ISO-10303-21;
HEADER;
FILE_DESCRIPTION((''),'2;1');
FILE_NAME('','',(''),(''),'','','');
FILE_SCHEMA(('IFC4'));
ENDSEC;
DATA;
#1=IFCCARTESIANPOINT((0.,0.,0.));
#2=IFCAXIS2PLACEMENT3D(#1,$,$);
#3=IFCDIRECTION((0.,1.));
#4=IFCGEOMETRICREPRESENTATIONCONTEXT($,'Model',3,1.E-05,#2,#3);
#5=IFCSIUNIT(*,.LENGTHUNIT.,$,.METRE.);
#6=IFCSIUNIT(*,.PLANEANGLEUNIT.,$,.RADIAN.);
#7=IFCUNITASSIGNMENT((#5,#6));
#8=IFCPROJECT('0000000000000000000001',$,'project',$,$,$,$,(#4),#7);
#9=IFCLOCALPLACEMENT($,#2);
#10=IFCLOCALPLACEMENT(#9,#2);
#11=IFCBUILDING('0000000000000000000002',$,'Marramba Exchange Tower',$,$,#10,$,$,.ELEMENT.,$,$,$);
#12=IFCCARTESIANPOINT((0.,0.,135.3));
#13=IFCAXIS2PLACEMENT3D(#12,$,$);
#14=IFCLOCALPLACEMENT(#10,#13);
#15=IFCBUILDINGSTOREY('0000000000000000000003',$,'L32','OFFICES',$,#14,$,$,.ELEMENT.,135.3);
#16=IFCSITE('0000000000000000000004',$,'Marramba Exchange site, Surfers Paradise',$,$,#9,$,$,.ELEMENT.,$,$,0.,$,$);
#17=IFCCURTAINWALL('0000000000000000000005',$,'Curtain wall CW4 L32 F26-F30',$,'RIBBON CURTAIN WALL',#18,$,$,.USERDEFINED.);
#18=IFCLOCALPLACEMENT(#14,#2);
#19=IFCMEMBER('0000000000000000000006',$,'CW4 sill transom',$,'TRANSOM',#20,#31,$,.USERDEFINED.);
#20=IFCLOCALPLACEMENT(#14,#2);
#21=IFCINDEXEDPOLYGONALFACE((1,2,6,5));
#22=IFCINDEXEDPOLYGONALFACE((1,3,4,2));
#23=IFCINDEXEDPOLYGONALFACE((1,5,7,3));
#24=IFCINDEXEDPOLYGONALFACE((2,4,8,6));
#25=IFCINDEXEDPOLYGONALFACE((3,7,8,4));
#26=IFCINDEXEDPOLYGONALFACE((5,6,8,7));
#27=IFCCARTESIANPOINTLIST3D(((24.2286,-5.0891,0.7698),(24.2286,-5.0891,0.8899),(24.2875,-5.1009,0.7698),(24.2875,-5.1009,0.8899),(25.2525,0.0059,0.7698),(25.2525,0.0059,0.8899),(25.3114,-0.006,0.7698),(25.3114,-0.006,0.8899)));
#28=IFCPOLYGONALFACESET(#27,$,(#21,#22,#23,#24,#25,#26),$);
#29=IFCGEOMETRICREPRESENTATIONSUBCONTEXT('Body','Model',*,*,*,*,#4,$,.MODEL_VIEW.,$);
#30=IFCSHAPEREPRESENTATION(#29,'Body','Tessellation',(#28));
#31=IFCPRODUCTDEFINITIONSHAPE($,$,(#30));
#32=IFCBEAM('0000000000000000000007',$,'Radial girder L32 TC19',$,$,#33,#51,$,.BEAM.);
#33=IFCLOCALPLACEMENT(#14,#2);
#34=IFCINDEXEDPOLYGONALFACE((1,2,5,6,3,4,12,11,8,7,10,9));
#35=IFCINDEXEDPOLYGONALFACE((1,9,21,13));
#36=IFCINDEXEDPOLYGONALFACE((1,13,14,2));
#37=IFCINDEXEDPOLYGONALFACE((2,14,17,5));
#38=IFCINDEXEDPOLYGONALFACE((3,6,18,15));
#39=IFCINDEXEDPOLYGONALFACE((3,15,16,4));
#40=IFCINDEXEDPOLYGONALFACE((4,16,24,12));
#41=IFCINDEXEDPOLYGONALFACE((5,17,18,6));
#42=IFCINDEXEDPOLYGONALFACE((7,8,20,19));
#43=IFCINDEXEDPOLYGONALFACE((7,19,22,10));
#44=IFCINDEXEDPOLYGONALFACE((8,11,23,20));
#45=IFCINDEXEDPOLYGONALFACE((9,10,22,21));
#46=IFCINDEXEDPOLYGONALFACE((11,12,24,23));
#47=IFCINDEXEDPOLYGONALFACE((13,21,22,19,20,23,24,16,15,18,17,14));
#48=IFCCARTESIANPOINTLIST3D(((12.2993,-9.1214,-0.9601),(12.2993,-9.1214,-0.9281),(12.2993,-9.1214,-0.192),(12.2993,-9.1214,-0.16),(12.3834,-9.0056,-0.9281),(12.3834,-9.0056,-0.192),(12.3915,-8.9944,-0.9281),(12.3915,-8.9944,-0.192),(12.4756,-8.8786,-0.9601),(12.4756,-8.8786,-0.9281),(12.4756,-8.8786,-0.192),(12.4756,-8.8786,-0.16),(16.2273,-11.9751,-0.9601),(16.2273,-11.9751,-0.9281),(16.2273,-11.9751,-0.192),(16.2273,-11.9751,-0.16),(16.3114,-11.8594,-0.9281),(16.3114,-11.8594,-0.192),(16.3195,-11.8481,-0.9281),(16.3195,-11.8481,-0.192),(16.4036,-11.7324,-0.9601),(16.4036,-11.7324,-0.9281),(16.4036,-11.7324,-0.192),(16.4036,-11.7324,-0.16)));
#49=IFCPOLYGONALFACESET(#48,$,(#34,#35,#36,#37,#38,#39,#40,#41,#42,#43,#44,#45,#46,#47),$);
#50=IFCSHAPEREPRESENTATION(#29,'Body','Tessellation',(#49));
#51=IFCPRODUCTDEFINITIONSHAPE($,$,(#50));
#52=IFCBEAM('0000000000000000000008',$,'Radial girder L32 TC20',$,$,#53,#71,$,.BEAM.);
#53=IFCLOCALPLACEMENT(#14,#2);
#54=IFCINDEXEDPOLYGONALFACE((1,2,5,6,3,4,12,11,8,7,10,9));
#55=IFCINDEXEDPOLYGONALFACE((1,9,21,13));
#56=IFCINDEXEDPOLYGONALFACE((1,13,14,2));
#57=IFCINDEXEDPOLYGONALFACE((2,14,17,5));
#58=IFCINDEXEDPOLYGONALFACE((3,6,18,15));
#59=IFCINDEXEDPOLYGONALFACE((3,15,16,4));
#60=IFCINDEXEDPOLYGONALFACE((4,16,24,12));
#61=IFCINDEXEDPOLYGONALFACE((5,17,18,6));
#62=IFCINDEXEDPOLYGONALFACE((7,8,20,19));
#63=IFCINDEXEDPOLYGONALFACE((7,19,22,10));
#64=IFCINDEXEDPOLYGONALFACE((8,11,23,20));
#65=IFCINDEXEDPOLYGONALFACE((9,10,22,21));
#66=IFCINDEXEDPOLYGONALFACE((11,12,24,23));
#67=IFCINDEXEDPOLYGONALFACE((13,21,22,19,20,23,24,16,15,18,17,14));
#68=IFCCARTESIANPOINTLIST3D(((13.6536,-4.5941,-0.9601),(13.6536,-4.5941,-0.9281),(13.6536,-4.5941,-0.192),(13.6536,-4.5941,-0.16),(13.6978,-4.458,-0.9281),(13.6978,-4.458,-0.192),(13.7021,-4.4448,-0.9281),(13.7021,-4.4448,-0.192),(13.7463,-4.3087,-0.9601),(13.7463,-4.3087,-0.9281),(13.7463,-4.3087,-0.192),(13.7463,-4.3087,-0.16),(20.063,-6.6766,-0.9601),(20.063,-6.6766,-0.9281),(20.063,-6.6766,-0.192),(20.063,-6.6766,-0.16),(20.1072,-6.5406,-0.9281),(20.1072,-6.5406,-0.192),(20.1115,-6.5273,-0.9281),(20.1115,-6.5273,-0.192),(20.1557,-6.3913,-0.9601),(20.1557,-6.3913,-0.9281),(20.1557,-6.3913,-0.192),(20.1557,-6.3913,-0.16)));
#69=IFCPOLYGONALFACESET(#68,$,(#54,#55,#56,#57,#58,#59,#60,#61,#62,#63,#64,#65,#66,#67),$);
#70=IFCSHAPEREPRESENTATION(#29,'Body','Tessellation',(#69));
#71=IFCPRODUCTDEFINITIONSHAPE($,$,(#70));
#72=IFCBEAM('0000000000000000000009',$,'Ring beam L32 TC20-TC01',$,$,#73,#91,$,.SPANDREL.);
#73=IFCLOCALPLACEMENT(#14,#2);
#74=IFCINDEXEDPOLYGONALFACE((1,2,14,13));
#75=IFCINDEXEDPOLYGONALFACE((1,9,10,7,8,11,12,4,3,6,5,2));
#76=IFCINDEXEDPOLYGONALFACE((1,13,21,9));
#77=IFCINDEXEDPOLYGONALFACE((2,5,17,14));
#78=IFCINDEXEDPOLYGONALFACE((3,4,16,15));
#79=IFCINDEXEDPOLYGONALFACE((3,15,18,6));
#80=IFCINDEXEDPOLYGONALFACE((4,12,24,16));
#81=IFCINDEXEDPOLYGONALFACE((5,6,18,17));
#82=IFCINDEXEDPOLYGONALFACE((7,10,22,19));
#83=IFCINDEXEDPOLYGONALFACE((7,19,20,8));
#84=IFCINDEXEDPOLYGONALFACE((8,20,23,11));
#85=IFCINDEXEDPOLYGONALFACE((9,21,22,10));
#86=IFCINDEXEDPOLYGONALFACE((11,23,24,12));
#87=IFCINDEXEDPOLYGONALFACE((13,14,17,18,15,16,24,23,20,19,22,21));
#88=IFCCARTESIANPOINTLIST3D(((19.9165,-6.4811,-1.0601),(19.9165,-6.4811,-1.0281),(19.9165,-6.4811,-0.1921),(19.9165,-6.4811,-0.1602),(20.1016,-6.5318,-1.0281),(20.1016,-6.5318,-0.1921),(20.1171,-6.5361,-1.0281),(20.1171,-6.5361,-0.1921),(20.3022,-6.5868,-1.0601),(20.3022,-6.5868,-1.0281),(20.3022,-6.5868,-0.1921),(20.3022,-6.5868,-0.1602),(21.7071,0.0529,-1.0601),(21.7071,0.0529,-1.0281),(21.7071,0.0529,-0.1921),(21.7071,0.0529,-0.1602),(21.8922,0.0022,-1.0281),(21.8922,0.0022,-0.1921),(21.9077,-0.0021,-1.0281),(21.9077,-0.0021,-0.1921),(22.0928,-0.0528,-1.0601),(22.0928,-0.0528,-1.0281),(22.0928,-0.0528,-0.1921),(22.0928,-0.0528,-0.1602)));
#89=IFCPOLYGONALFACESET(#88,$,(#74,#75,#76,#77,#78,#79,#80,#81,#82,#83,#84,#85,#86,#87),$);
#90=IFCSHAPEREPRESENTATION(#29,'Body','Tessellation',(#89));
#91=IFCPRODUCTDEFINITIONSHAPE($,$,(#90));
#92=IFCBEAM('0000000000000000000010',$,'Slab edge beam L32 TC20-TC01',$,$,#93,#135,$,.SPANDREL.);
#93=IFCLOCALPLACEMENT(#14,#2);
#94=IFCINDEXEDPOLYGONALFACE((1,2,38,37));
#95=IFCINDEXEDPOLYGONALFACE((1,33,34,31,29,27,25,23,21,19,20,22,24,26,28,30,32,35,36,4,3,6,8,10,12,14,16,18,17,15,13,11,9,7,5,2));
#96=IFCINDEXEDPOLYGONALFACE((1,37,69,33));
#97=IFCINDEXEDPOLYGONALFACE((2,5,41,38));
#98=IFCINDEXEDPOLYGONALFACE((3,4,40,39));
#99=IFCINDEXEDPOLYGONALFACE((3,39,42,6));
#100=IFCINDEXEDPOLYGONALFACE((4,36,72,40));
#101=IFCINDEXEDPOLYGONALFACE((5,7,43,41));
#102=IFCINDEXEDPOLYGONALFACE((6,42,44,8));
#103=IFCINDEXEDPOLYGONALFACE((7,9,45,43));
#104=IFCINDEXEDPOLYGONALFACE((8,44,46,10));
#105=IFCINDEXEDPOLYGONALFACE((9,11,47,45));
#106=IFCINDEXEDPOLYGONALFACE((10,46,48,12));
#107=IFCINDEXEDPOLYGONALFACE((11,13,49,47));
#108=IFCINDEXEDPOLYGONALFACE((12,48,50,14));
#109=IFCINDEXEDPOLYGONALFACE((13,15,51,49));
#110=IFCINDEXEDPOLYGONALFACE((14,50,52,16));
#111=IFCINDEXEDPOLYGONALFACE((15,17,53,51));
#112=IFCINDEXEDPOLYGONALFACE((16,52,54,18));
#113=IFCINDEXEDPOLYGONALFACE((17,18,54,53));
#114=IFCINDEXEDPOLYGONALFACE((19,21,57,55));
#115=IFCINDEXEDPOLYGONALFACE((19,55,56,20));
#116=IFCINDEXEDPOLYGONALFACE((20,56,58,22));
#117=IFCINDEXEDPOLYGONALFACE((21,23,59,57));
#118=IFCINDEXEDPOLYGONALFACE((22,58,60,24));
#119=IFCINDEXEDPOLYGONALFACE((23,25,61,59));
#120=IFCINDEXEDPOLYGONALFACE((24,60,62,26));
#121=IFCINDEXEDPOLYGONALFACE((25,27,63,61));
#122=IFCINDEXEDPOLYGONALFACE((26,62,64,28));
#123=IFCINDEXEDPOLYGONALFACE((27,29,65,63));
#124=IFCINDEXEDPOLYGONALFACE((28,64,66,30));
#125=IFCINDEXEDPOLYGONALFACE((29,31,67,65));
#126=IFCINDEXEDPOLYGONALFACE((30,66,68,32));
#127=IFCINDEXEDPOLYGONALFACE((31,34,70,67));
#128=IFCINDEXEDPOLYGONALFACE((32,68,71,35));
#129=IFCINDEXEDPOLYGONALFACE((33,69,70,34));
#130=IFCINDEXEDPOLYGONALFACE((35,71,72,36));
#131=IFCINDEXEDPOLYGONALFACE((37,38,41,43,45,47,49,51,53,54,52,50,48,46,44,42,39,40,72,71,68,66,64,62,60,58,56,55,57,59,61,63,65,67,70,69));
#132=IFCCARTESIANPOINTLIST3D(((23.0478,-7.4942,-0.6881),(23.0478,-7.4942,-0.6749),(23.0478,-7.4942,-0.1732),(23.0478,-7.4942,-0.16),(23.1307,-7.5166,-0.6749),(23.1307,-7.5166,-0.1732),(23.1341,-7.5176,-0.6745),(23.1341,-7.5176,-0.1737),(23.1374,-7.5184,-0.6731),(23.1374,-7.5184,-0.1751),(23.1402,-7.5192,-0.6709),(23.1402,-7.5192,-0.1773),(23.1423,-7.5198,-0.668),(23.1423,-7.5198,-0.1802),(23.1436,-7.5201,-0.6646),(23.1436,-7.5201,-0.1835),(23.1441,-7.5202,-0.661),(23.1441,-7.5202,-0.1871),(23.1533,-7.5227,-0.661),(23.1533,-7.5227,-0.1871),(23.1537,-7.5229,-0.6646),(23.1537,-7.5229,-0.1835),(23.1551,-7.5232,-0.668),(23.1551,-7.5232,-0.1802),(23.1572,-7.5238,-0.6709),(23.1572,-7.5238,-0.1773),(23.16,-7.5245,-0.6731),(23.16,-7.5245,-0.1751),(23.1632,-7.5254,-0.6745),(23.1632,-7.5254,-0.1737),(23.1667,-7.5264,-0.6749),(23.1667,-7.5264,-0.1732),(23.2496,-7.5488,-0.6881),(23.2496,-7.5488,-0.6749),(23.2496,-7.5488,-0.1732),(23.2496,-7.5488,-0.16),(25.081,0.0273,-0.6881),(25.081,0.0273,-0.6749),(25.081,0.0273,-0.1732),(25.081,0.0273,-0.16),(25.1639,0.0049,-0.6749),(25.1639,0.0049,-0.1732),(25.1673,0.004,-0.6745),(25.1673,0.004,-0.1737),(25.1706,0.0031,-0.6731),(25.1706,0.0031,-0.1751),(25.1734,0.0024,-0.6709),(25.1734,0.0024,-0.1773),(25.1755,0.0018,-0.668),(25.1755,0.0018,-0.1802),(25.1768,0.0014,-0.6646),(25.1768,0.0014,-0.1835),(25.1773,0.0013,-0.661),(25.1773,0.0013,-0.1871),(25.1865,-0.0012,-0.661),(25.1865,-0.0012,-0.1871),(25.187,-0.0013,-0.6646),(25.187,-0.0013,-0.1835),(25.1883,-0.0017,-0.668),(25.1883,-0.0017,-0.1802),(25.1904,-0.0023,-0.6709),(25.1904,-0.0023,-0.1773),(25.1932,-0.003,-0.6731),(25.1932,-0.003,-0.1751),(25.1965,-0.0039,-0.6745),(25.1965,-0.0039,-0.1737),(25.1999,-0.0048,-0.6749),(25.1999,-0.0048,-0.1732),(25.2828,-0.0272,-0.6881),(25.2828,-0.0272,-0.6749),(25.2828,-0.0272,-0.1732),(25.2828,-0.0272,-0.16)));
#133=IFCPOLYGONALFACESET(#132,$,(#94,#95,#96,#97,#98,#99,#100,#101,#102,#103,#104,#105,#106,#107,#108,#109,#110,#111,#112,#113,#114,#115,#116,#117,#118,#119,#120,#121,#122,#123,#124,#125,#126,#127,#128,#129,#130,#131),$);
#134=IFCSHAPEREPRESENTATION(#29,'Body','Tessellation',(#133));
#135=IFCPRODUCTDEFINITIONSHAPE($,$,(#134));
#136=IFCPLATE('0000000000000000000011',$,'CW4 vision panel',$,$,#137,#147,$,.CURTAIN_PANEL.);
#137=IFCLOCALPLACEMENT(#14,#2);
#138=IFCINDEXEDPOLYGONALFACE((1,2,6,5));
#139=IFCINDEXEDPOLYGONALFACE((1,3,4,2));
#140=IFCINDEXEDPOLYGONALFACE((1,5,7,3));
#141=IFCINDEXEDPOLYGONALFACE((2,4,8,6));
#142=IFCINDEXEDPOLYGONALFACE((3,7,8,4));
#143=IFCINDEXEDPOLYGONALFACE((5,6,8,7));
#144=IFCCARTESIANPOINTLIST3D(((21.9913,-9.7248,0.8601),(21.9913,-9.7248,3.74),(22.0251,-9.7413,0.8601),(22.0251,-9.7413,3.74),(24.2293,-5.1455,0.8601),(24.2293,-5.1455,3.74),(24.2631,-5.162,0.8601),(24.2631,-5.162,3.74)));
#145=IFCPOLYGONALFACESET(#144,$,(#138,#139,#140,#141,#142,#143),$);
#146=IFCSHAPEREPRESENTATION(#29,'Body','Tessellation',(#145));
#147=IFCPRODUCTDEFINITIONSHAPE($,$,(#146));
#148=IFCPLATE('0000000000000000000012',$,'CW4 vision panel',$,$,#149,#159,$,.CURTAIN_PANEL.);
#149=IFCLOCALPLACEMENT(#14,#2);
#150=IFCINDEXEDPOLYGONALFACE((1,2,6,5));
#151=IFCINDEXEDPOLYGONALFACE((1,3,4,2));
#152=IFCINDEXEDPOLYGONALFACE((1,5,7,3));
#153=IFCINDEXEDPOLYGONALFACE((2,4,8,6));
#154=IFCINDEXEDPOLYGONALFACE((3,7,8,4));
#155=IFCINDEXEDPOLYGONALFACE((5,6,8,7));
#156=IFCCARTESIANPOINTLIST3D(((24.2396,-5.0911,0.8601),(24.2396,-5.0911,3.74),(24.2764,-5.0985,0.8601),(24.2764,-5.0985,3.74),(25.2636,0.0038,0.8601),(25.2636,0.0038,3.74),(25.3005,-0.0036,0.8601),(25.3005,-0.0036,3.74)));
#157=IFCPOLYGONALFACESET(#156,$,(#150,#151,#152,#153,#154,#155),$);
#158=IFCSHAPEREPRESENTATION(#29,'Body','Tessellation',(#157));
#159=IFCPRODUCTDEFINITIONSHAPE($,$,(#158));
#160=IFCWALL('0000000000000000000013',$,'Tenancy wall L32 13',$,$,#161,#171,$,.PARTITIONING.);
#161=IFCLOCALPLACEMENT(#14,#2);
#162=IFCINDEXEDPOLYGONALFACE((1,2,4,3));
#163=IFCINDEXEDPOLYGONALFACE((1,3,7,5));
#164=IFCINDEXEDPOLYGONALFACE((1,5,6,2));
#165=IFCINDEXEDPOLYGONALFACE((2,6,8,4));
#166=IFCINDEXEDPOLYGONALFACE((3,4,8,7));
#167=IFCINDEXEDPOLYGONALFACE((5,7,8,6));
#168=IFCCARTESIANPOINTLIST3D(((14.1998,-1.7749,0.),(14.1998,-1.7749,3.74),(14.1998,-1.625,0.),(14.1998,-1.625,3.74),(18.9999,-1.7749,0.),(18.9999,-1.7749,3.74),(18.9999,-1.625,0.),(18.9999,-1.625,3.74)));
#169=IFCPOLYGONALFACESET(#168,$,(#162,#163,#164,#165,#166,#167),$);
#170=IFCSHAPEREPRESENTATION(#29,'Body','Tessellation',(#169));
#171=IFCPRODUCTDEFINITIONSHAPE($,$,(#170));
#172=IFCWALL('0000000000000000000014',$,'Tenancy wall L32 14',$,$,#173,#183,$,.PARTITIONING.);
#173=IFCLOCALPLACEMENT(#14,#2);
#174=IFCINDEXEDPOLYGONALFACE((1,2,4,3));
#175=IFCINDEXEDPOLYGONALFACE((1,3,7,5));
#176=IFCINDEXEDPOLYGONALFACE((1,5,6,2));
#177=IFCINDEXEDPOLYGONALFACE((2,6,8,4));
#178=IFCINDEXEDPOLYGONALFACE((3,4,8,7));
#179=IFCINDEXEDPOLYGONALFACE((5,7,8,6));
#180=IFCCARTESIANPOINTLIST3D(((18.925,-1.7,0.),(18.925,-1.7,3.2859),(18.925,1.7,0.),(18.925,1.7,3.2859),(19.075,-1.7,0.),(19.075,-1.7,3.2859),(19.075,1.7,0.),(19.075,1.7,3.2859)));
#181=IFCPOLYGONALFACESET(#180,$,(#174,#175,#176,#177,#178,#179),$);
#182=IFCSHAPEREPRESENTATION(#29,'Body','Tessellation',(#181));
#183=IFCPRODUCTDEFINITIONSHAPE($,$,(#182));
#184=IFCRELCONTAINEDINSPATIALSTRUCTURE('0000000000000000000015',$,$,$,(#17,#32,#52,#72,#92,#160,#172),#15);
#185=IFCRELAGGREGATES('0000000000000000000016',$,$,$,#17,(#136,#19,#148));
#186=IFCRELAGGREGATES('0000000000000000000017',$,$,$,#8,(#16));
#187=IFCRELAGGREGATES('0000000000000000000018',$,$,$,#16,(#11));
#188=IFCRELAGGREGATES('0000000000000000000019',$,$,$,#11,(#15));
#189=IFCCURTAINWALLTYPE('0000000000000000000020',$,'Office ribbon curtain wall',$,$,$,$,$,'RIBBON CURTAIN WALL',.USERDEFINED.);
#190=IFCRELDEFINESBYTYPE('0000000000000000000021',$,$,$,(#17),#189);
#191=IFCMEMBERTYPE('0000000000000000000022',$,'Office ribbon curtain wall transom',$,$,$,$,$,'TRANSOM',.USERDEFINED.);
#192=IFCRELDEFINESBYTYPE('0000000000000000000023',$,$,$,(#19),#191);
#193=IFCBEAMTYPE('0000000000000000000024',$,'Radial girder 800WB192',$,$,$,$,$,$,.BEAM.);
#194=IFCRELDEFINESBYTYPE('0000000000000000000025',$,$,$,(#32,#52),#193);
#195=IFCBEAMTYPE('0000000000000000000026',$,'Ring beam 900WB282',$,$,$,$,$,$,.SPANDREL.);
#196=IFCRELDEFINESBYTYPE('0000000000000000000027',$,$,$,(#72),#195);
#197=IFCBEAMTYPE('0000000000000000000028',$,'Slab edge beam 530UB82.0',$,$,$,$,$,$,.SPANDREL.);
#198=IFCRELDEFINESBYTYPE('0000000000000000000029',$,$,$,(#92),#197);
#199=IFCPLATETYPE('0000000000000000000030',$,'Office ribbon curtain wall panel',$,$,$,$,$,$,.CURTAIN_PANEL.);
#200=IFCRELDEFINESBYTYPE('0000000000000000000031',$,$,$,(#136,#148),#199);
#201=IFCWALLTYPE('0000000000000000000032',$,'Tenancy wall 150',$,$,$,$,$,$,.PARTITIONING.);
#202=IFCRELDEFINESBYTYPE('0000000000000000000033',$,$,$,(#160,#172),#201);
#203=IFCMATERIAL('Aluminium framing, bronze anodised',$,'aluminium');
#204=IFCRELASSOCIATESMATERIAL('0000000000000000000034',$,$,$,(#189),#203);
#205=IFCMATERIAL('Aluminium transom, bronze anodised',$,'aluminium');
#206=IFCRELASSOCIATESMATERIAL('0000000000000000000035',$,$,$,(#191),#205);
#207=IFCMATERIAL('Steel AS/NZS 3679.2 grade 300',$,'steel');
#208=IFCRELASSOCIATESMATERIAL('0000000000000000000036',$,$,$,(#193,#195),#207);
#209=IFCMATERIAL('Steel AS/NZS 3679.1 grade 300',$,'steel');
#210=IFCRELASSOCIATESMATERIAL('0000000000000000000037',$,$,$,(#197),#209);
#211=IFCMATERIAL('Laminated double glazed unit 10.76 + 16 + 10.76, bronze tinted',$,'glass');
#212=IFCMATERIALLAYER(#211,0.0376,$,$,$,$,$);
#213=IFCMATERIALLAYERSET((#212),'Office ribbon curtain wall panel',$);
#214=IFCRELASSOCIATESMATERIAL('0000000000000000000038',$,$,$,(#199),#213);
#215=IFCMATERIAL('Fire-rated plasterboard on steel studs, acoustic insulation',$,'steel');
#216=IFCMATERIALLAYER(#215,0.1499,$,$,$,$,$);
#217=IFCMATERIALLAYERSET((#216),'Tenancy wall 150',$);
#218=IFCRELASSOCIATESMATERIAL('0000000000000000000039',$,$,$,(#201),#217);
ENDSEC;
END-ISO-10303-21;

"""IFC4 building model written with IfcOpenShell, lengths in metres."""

from ifc_helpers import new_model, si_unit, direction, frame, frame_2d, origin, origin_2d, place, context, subcontext, project, spatial, rectangle, i_section, extrude, material, layer, layer_set, material_profile, profile_set, type_object, element, aggregate, save


model = new_model("IFC4")

# Units and contexts
model_context = context("Model", 3, precision=1e-05, world=origin(), true_north=direction((0.0, 1.0)))
body_context = subcontext(model_context, "Body", "Model", "MODEL_VIEW")
ifc_project = project(units=[si_unit("LENGTHUNIT", "METRE"), si_unit("PLANEANGLEUNIT", "RADIAN")], contexts=[model_context])

# Site, building, storey
site_placement = place(None, origin())
site = spatial("IfcSite", under=ifc_project, at=site_placement, Name="Marramba Exchange site, Surfers Paradise", CompositionType="ELEMENT", RefElevation=0.0)
building_placement = place(site_placement, origin())
building = spatial("IfcBuilding", under=site, at=building_placement, Name="Marramba Exchange Tower", CompositionType="ELEMENT")
storey_placement = place(building_placement, frame((0.0, 0.0, 135.3)))
storey = spatial("IfcBuildingStorey", under=building, at=storey_placement, Name="L32", Description="OFFICES", CompositionType="ELEMENT", Elevation=135.3)

# Shared definitions
ifc_material_1 = material(Name="Steel AS/NZS 3679.2 grade 300", Category="steel")
ifc_material_2 = material(Name="Steel AS/NZS 3679.1 grade 300", Category="steel")

# Curtain wall, member
ifc_material_3 = material(Name="Aluminium framing, bronze anodised", Category="aluminium")
curtain_wall_type = type_object("IfcCurtainWallType", Name="Office ribbon curtain wall", ElementType="RIBBON CURTAIN WALL", PredefinedType="USERDEFINED", material=ifc_material_3)
curtain_wall_placement = place(storey_placement, origin())
curtain_wall = element("IfcCurtainWall", 1, at=curtain_wall_placement, inside=storey, type_object=curtain_wall_type, Name="Curtain wall CW4 L32 F26-F30", ObjectType="RIBBON CURTAIN WALL", PredefinedType="USERDEFINED")
ifc_material_4 = material(Name="Aluminium transom, bronze anodised", Category="aluminium")
ifc_material_profile_1 = material_profile(ifc_material_4, rectangle(XDim=0.0601, YDim=0.1201, at=origin_2d()), Name="CW4 transom 60x120")
ifc_profile_set_1 = profile_set([ifc_material_profile_1], Name="Aluminium transom, bronze anodised")
member_type_1 = type_object("IfcMemberType", Name="Office ribbon curtain wall transom", ElementType="TRANSOM", PredefinedType="USERDEFINED", material=ifc_profile_set_1)
member_1_placement = place(storey_placement, frame((24.2581, -5.095, 0.8298), z_axis=(0.197029, 0.980398, 0.0), x_axis=(-0.980398, 0.197029, 0.0)))
member_1 = element("IfcMember", 2, at=member_1_placement, type_object=member_type_1, Name="CW4 sill transom", ObjectType="TRANSOM", PredefinedType="USERDEFINED", context=body_context, shape_type="SweptSolid", body=[
    extrude(rectangle(XDim=0.0601, YDim=0.1201, at=origin_2d()), origin(), (0.0, 0.0, 1.0), 5.1968),
])

# Beams
ifc_material_profile_2 = material_profile(ifc_material_1, i_section(OverallWidth=0.3, OverallDepth=0.8, WebThickness=0.0139, FlangeThickness=0.032, at=origin_2d()), Name="800WB192")
ifc_profile_set_2 = profile_set([ifc_material_profile_2], Name="Steel AS/NZS 3679.2 grade 300")
beam_type_1 = type_object("IfcBeamType", Name="Radial girder 800WB192", PredefinedType="BEAM", material=ifc_profile_set_2)
beam_1_placement = place(storey_placement, frame((12.3875, -9.0, -0.5601), z_axis=(0.809025, -0.587774, 0.0), x_axis=(0.587774, 0.809025, 0.0)))
element("IfcBeam", 3, at=beam_1_placement, inside=storey, type_object=beam_type_1, Name="Radial girder L32 TC19", PredefinedType="BEAM", context=body_context, shape_type="SweptSolid", body=[
    extrude(i_section(OverallWidth=0.3, OverallDepth=0.8, WebThickness=0.0139, FlangeThickness=0.032, at=origin_2d()), origin(), (0.0, 0.0, 1.0), 4.8552),
])
beam_2_placement = place(storey_placement, frame((13.7, -4.4514, -0.5601), z_axis=(0.951058, -0.309013, 0.0), x_axis=(0.309013, 0.951058, 0.0)))
element("IfcBeam", 4, at=beam_2_placement, inside=storey, type_object=beam_type_1, Name="Radial girder L32 TC20", PredefinedType="BEAM", context=body_context, shape_type="SweptSolid", body=[
    extrude(i_section(OverallWidth=0.3, OverallDepth=0.8, WebThickness=0.0139, FlangeThickness=0.032, at=origin_2d()), origin(), (0.0, 0.0, 1.0), 6.7393),
])
ifc_material_profile_3 = material_profile(ifc_material_1, i_section(OverallWidth=0.3999, OverallDepth=0.8999, WebThickness=0.0161, FlangeThickness=0.032, at=origin_2d()), Name="900WB282")
ifc_profile_set_3 = profile_set([ifc_material_profile_3], Name="Steel AS/NZS 3679.2 grade 300")
beam_type_2 = type_object("IfcBeamType", Name="Ring beam 900WB282", PredefinedType="SPANDREL", material=ifc_profile_set_3)
beam_3_placement = place(storey_placement, frame((20.1094, -6.5339, -0.6101), z_axis=(0.264291, 0.964443, 0.0), x_axis=(-0.964443, 0.264291, 0.0)))
element("IfcBeam", 5, at=beam_3_placement, inside=storey, type_object=beam_type_2, Name="Ring beam L32 TC20-TC01", PredefinedType="SPANDREL", context=body_context, shape_type="SweptSolid", body=[
    extrude(i_section(OverallWidth=0.3999, OverallDepth=0.8999, WebThickness=0.0161, FlangeThickness=0.032, at=origin_2d()), origin(), (0.0, 0.0, 1.0), 6.7749),
])
ifc_material_profile_4 = material_profile(ifc_material_2, i_section(OverallWidth=0.209, OverallDepth=0.5281, WebThickness=0.0095, FlangeThickness=0.0132, FilletRadius=0.0139, at=origin_2d()), Name="530UB82.0")
ifc_profile_set_4 = profile_set([ifc_material_profile_4], Name="Steel AS/NZS 3679.1 grade 300")
beam_type_3 = type_object("IfcBeamType", Name="Slab edge beam 530UB82.0", PredefinedType="SPANDREL", material=ifc_profile_set_4)
beam_4_placement = place(storey_placement, frame((23.1487, -7.5215, -0.4241), z_axis=(0.260953, 0.965351, 0.0), x_axis=(-0.965351, 0.260953, 0.0)))
element("IfcBeam", 6, at=beam_4_placement, inside=storey, type_object=beam_type_3, Name="Slab edge beam L32 TC20-TC01", PredefinedType="SPANDREL", context=body_context, shape_type="SweptSolid", body=[
    extrude(i_section(OverallWidth=0.209, OverallDepth=0.5281, WebThickness=0.0095, FlangeThickness=0.0132, FilletRadius=0.0139, at=origin_2d()), origin(), (0.0, 0.0, 1.0), 7.7915),
])

# Plates
ifc_material_5 = material(Name="Laminated double glazed unit 10.76 + 16 + 10.76, bronze tinted", Category="glass")
ifc_layer_1 = layer(ifc_material_5, 0.0376)
ifc_layer_set_1 = layer_set([ifc_layer_1], Name="Office ribbon curtain wall panel")
plate_type = type_object("IfcPlateType", Name="Office ribbon curtain wall panel", PredefinedType="CURTAIN_PANEL", material=ifc_layer_set_1)
plate_1_placement = place(storey_placement, frame((23.1272, -7.4434, 0.8601), z_axis=(0.0, 0.0, 1.0), x_axis=(0.439086, 0.898445, 0.0)))
plate_1 = element("IfcPlate", 7, at=plate_1_placement, type_object=plate_type, Name="CW4 vision panel", PredefinedType="CURTAIN_PANEL", context=body_context, shape_type="SweptSolid", body=[
    extrude(rectangle(XDim=5.0969, YDim=0.0376, at=origin_2d()), origin(), (0.0, 0.0, 1.0), 2.8799),
])
plate_2_placement = place(storey_placement, frame((24.77, -2.5474, 0.8601), z_axis=(0.0, 0.0, 1.0), x_axis=(0.197049, 0.980394, 0.0)))
plate_2 = element("IfcPlate", 8, at=plate_2_placement, type_object=plate_type, Name="CW4 vision panel", PredefinedType="CURTAIN_PANEL", context=body_context, shape_type="SweptSolid", body=[
    extrude(rectangle(XDim=5.1968, YDim=0.0376, at=origin_2d()), origin(), (0.0, 0.0, 1.0), 2.8799),
])
aggregate(curtain_wall, [plate_1, member_1, plate_2])

# Walls
ifc_material_6 = material(Name="Fire-rated plasterboard on steel studs, acoustic insulation", Category="steel")
ifc_layer_2 = layer(ifc_material_6, 0.1499)
ifc_layer_set_2 = layer_set([ifc_layer_2], Name="Tenancy wall 150")
wall_type_1 = type_object("IfcWallType", Name="Tenancy wall 150", PredefinedType="PARTITIONING", material=ifc_layer_set_2)
wall_1_placement = place(storey_placement, frame((14.2, -1.7, 0.0), z_axis=(0.0, 0.0, 1.0), x_axis=(1.0, 0.0, 0.0)))
element("IfcWall", 9, at=wall_1_placement, inside=storey, type_object=wall_type_1, Name="Tenancy wall L32 13", PredefinedType="PARTITIONING", context=body_context, shape_type="SweptSolid", body=[
    extrude(rectangle(XDim=4.8, YDim=0.1499, at=frame_2d((2.3999, 0.0))), origin(), (0.0, 0.0, 1.0), 3.74),
])
wall_2_placement = place(storey_placement, frame((19.0, -1.7, 0.0), z_axis=(0.0, 0.0, 1.0), x_axis=(0.0, 1.0, 0.0)))
element("IfcWall", 10, at=wall_2_placement, inside=storey, type_object=wall_type_1, Name="Tenancy wall L32 14", PredefinedType="PARTITIONING", context=body_context, shape_type="SweptSolid", body=[
    extrude(rectangle(XDim=3.3999, YDim=0.1499, at=frame_2d((1.7, 0.0))), origin(), (0.0, 0.0, 1.0), 3.2859),
])

save(model, "model.ifc")
